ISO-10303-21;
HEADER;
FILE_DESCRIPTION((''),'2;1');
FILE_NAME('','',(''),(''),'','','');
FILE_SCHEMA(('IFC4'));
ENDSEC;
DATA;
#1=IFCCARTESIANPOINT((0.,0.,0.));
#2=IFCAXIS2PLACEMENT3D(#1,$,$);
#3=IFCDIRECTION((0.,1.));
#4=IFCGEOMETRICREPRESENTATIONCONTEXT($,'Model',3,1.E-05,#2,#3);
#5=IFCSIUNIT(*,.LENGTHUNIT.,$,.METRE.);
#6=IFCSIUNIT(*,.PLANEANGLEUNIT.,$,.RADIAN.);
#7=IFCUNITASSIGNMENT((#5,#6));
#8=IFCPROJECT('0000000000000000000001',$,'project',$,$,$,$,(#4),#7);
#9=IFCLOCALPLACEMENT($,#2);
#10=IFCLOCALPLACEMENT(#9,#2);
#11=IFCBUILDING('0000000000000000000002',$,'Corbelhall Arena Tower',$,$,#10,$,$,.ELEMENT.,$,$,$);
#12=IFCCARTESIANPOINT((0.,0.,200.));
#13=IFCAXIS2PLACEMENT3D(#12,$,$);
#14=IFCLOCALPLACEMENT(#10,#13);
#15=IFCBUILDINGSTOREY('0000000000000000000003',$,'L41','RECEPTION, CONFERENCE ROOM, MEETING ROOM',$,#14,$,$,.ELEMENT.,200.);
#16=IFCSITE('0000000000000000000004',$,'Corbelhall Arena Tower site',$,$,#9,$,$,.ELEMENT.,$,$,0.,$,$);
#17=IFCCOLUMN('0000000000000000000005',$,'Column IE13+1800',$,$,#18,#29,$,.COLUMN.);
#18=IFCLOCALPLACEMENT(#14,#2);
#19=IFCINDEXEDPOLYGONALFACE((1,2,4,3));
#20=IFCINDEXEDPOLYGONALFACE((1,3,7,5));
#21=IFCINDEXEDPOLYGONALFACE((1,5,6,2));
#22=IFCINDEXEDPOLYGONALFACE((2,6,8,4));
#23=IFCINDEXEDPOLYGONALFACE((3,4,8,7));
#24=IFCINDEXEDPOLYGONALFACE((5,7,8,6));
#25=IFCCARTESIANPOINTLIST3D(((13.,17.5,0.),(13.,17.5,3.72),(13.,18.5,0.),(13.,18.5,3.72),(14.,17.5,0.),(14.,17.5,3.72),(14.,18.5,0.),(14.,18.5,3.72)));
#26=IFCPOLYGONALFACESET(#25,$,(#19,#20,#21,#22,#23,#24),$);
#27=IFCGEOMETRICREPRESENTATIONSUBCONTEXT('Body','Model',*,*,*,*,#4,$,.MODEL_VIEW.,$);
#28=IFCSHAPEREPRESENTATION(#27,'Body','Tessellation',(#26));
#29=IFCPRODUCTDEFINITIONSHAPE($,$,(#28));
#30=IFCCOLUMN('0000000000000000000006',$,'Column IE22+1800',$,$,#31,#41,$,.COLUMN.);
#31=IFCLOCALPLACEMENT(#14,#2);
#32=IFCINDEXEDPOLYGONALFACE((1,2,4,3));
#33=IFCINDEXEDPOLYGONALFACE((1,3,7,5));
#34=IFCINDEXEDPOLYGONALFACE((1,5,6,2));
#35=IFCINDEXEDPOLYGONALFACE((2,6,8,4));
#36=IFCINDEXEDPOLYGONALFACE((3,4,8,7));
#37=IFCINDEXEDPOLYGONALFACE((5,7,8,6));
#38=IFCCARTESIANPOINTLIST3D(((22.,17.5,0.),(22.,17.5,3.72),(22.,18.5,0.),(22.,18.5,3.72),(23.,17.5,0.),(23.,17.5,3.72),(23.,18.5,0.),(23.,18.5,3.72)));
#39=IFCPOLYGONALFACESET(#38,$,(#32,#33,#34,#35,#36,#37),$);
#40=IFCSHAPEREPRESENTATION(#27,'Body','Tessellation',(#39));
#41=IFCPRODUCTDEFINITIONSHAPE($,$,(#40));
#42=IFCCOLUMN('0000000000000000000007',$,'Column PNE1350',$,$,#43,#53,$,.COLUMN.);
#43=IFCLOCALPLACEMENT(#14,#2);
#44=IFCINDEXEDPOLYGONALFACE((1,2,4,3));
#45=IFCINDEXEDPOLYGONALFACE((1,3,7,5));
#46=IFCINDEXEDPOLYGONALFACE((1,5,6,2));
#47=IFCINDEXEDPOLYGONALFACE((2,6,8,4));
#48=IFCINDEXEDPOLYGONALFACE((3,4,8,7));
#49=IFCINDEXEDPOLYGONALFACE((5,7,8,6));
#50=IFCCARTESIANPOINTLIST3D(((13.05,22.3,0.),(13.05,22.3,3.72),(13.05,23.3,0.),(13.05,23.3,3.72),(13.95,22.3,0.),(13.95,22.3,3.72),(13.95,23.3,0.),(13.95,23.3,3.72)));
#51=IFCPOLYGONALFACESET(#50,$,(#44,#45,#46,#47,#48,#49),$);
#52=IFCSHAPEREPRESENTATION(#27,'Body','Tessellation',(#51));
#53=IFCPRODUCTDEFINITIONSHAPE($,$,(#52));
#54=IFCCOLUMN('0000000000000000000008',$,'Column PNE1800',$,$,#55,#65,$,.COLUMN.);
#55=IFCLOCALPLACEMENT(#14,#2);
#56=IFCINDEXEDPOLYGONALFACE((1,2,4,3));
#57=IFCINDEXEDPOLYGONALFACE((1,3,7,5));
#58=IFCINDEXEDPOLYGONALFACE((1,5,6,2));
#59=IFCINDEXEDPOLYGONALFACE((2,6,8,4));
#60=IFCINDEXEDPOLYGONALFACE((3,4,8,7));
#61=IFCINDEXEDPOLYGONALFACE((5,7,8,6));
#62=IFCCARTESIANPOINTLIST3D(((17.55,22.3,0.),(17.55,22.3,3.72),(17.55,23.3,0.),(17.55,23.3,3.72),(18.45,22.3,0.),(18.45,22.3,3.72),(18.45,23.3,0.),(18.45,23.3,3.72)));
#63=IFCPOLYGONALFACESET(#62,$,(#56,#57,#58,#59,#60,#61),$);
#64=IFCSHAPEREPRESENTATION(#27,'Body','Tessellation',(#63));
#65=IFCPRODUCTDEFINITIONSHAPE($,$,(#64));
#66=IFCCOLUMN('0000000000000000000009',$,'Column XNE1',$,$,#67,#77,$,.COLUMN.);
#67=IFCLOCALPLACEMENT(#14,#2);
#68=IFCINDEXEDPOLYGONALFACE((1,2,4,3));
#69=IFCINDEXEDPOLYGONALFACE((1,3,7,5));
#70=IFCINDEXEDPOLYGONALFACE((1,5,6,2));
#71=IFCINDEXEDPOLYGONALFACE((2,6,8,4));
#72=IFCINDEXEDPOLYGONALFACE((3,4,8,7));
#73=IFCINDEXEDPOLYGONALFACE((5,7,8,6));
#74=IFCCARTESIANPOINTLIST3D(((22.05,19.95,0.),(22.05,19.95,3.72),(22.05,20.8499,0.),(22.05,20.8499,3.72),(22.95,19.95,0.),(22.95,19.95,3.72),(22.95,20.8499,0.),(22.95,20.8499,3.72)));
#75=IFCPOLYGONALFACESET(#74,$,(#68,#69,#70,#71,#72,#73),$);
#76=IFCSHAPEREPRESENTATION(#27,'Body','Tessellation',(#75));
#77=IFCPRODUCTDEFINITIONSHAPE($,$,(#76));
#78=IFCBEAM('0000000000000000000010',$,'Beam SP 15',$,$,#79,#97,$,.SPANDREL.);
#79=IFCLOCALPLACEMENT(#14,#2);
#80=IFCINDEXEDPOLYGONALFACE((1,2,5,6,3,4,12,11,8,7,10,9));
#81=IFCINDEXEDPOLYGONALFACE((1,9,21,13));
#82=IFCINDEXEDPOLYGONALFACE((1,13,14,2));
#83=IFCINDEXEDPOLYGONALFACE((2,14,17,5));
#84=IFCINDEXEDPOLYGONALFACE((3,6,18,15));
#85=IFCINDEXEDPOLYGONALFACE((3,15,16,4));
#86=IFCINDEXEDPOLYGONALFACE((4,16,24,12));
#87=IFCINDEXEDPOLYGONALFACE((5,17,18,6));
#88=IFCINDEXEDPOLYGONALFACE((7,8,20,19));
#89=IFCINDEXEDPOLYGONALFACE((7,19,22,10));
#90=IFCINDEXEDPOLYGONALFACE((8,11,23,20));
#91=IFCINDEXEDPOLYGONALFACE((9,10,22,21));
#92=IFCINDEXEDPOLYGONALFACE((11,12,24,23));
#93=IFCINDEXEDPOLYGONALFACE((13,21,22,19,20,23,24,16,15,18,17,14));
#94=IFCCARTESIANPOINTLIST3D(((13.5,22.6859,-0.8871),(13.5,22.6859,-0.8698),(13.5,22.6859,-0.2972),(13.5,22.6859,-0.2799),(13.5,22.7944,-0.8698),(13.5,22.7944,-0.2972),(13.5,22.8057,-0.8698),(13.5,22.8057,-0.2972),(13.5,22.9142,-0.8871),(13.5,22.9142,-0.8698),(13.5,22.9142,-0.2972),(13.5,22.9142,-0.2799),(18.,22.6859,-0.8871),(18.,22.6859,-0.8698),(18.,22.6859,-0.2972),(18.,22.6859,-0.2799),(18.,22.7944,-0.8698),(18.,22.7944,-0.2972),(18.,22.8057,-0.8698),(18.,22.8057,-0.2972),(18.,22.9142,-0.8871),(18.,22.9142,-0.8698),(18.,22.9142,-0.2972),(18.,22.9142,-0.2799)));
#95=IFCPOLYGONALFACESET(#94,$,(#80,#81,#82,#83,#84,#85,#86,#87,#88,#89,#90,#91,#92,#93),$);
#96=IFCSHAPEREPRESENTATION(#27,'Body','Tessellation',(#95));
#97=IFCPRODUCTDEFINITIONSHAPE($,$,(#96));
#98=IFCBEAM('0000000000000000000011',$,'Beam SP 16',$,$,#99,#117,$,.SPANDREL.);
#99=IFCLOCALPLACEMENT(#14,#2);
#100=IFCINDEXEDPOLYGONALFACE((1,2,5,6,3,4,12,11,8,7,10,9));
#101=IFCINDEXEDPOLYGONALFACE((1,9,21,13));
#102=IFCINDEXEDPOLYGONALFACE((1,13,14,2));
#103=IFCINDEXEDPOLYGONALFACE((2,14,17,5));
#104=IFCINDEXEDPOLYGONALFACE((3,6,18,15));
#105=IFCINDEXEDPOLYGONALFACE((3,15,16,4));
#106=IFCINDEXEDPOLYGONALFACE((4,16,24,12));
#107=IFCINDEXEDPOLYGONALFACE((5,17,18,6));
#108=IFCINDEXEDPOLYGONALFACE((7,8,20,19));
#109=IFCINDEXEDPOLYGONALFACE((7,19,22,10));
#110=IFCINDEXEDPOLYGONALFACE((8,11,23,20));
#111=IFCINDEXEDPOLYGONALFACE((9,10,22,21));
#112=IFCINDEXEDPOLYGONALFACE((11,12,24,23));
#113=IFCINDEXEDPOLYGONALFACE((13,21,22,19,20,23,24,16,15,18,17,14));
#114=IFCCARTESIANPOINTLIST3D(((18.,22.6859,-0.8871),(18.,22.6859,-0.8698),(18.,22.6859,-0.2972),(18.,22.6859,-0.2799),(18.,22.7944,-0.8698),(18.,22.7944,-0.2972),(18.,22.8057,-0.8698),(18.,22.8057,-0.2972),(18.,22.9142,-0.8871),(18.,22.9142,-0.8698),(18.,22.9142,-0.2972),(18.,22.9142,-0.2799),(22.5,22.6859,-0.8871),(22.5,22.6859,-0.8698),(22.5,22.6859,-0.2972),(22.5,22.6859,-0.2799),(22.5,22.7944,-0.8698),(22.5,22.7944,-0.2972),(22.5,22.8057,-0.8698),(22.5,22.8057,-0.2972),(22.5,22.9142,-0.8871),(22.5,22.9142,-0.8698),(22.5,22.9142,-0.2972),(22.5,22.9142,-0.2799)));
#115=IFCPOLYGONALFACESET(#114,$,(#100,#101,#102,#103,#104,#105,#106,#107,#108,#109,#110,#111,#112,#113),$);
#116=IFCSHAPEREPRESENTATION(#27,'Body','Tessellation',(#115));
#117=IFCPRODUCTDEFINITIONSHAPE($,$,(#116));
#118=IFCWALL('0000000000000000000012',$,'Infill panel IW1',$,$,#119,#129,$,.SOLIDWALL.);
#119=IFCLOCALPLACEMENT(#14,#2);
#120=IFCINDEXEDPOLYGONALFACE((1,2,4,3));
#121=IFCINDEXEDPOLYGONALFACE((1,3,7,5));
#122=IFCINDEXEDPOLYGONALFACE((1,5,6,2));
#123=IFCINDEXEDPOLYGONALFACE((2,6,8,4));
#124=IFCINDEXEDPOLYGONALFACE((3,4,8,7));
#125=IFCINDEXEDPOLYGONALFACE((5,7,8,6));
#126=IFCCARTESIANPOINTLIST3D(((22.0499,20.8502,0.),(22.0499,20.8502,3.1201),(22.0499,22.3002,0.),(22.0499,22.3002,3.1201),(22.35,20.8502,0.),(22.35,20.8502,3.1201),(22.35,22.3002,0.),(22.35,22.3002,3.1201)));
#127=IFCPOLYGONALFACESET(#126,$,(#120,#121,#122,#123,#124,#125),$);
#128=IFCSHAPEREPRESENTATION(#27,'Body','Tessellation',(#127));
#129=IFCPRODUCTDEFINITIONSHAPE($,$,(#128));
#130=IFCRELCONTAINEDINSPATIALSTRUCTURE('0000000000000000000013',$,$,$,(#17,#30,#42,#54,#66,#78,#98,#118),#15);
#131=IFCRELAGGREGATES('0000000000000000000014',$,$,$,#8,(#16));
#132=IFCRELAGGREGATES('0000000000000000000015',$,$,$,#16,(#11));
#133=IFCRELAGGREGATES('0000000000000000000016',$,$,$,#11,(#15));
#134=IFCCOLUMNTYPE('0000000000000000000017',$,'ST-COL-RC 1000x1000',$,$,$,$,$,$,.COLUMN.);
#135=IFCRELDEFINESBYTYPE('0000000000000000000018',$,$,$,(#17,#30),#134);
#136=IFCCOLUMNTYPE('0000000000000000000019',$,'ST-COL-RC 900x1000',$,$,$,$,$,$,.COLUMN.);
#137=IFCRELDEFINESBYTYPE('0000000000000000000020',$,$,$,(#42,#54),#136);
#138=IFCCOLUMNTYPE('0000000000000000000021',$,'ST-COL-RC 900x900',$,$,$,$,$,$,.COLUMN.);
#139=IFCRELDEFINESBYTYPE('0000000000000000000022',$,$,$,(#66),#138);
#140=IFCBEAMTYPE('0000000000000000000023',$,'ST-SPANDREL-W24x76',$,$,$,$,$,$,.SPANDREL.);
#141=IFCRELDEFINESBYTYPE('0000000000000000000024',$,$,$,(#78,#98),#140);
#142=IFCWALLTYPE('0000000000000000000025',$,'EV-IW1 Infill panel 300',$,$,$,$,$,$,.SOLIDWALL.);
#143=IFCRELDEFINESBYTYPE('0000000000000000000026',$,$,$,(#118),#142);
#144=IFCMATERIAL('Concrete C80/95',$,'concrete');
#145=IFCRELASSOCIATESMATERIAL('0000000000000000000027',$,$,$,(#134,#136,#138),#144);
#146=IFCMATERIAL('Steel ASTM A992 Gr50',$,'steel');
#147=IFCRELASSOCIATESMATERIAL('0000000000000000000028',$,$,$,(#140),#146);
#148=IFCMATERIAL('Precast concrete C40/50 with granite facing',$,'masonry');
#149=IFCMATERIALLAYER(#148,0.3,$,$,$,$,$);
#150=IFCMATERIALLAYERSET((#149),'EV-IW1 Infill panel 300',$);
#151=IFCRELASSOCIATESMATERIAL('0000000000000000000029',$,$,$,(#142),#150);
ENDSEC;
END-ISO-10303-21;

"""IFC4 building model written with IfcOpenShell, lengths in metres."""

from ifc_helpers import new_model, si_unit, direction, frame, frame_2d, origin, origin_2d, place, context, subcontext, project, spatial, rectangle, i_section, extrude, material, layer, layer_set, material_profile, profile_set, type_object, element, save


model = new_model("IFC4")

# Units and contexts
model_context = context("Model", 3, precision=1e-05, world=origin(), true_north=direction((0.0, 1.0)))
body_context = subcontext(model_context, "Body", "Model", "MODEL_VIEW")
ifc_project = project(units=[si_unit("LENGTHUNIT", "METRE"), si_unit("PLANEANGLEUNIT", "RADIAN")], contexts=[model_context])

# Site, building, storey
site_placement = place(None, origin())
site = spatial("IfcSite", under=ifc_project, at=site_placement, Name="Corbelhall Arena Tower site", CompositionType="ELEMENT", RefElevation=0.0)
building_placement = place(site_placement, origin())
building = spatial("IfcBuilding", under=site, at=building_placement, Name="Corbelhall Arena Tower", CompositionType="ELEMENT")
storey_placement = place(building_placement, frame((0.0, 0.0, 200.0)))
storey = spatial("IfcBuildingStorey", under=building, at=storey_placement, Name="L41", Description="RECEPTION, CONFERENCE ROOM, MEETING ROOM", CompositionType="ELEMENT", Elevation=200.0)

# Columns
ifc_material_1 = material(Name="Concrete C80/95", Category="concrete")
ifc_material_profile_1 = material_profile(ifc_material_1, rectangle(XDim=1.0, YDim=1.0, at=origin_2d()))
ifc_profile_set_1 = profile_set([ifc_material_profile_1], Name="Concrete C80/95")
column_type_1 = type_object("IfcColumnType", Name="ST-COL-RC 1000x1000", PredefinedType="COLUMN", material=ifc_profile_set_1)
for number, where, z_axis, x_axis, name in (
    (1, (13.5, 18.0, 0.0), (0.0, 0.0, 1.0), (1.0, 0.0, 0.0), "Column IE13+1800"),
    (2, (22.5, 18.0, 0.0), (0.0, 0.0, 1.0), (1.0, 0.0, 0.0), "Column IE22+1800"),
):
    element("IfcColumn", number, at=place(storey_placement, frame(where, z_axis=z_axis, x_axis=x_axis)), inside=storey, type_object=column_type_1, Name=name, PredefinedType="COLUMN", context=body_context, shape_type="SweptSolid", body=[
        extrude(rectangle(XDim=1.0, YDim=1.0, at=origin_2d()), origin(), (0.0, 0.0, 1.0), 3.72),
    ])
ifc_material_profile_2 = material_profile(ifc_material_1, rectangle(XDim=0.8999, YDim=1.0, at=origin_2d()))
ifc_profile_set_2 = profile_set([ifc_material_profile_2], Name="Concrete C80/95")
column_type_2 = type_object("IfcColumnType", Name="ST-COL-RC 900x1000", PredefinedType="COLUMN", material=ifc_profile_set_2)
for number, where, z_axis, x_axis, name in (
    (3, (13.5, 22.8, 0.0), (0.0, 0.0, 1.0), (1.0, 0.0, 0.0), "Column PNE1350"),
    (4, (18.0, 22.8, 0.0), (0.0, 0.0, 1.0), (1.0, 0.0, 0.0), "Column PNE1800"),
):
    element("IfcColumn", number, at=place(storey_placement, frame(where, z_axis=z_axis, x_axis=x_axis)), inside=storey, type_object=column_type_2, Name=name, PredefinedType="COLUMN", context=body_context, shape_type="SweptSolid", body=[
        extrude(rectangle(XDim=0.8999, YDim=1.0, at=origin_2d()), origin(), (0.0, 0.0, 1.0), 3.72),
    ])
ifc_material_profile_3 = material_profile(ifc_material_1, rectangle(XDim=0.8999, YDim=0.8999, at=origin_2d()))
ifc_profile_set_3 = profile_set([ifc_material_profile_3], Name="Concrete C80/95")
column_type_3 = type_object("IfcColumnType", Name="ST-COL-RC 900x900", PredefinedType="COLUMN", material=ifc_profile_set_3)
column_placement = place(storey_placement, frame((22.5, 20.3999, 0.0), z_axis=(0.0, 0.0, 1.0), x_axis=(1.0, 0.0, 0.0)))
element("IfcColumn", 5, at=column_placement, inside=storey, type_object=column_type_3, Name="Column XNE1", PredefinedType="COLUMN", context=body_context, shape_type="SweptSolid", body=[
    extrude(rectangle(XDim=0.8999, YDim=0.8999, at=origin_2d()), origin(), (0.0, 0.0, 1.0), 3.72),
])

# Beams
ifc_material_2 = material(Name="Steel ASTM A992 Gr50", Category="steel")
ifc_material_profile_4 = material_profile(ifc_material_2, i_section(OverallWidth=0.2283, OverallDepth=0.6072, WebThickness=0.0112, FlangeThickness=0.0173, at=origin_2d()))
ifc_profile_set_4 = profile_set([ifc_material_profile_4], Name="Steel ASTM A992 Gr50")
beam_type = type_object("IfcBeamType", Name="ST-SPANDREL-W24x76", PredefinedType="SPANDREL", material=ifc_profile_set_4)
for number, where, z_axis, x_axis, name in (
    (6, (13.5, 22.8, -0.5835), (1.0, 0.0, 0.0), (0.0, 1.0, 0.0), "Beam SP 15"),
    (7, (18.0, 22.8, -0.5835), (1.0, 0.0, 0.0), (0.0, 1.0, 0.0), "Beam SP 16"),
):
    element("IfcBeam", number, at=place(storey_placement, frame(where, z_axis=z_axis, x_axis=x_axis)), inside=storey, type_object=beam_type, Name=name, PredefinedType="SPANDREL", context=body_context, shape_type="SweptSolid", body=[
        extrude(i_section(OverallWidth=0.2283, OverallDepth=0.6072, WebThickness=0.0112, FlangeThickness=0.0173, at=origin_2d()), origin(), (0.0, 0.0, 1.0), 4.5),
    ])

# Wall
ifc_material_3 = material(Name="Precast concrete C40/50 with granite facing", Category="masonry")
ifc_layer_1 = layer(ifc_material_3, 0.3)
ifc_layer_set_1 = layer_set([ifc_layer_1], Name="EV-IW1 Infill panel 300")
wall_type_1 = type_object("IfcWallType", Name="EV-IW1 Infill panel 300", PredefinedType="SOLIDWALL", material=ifc_layer_set_1)
wall_1_placement = place(storey_placement, frame((22.2, 20.8501, 0.0), z_axis=(0.0, 0.0, 1.0), x_axis=(0.0, 1.0, 0.0)))
element("IfcWall", 8, at=wall_1_placement, inside=storey, type_object=wall_type_1, Name="Infill panel IW1", PredefinedType="SOLIDWALL", context=body_context, shape_type="SweptSolid", body=[
    extrude(rectangle(XDim=1.45, YDim=0.3, at=frame_2d((0.7251, 0.0))), origin(), (0.0, 0.0, 1.0), 3.1201),
])

save(model, "model.ifc")
